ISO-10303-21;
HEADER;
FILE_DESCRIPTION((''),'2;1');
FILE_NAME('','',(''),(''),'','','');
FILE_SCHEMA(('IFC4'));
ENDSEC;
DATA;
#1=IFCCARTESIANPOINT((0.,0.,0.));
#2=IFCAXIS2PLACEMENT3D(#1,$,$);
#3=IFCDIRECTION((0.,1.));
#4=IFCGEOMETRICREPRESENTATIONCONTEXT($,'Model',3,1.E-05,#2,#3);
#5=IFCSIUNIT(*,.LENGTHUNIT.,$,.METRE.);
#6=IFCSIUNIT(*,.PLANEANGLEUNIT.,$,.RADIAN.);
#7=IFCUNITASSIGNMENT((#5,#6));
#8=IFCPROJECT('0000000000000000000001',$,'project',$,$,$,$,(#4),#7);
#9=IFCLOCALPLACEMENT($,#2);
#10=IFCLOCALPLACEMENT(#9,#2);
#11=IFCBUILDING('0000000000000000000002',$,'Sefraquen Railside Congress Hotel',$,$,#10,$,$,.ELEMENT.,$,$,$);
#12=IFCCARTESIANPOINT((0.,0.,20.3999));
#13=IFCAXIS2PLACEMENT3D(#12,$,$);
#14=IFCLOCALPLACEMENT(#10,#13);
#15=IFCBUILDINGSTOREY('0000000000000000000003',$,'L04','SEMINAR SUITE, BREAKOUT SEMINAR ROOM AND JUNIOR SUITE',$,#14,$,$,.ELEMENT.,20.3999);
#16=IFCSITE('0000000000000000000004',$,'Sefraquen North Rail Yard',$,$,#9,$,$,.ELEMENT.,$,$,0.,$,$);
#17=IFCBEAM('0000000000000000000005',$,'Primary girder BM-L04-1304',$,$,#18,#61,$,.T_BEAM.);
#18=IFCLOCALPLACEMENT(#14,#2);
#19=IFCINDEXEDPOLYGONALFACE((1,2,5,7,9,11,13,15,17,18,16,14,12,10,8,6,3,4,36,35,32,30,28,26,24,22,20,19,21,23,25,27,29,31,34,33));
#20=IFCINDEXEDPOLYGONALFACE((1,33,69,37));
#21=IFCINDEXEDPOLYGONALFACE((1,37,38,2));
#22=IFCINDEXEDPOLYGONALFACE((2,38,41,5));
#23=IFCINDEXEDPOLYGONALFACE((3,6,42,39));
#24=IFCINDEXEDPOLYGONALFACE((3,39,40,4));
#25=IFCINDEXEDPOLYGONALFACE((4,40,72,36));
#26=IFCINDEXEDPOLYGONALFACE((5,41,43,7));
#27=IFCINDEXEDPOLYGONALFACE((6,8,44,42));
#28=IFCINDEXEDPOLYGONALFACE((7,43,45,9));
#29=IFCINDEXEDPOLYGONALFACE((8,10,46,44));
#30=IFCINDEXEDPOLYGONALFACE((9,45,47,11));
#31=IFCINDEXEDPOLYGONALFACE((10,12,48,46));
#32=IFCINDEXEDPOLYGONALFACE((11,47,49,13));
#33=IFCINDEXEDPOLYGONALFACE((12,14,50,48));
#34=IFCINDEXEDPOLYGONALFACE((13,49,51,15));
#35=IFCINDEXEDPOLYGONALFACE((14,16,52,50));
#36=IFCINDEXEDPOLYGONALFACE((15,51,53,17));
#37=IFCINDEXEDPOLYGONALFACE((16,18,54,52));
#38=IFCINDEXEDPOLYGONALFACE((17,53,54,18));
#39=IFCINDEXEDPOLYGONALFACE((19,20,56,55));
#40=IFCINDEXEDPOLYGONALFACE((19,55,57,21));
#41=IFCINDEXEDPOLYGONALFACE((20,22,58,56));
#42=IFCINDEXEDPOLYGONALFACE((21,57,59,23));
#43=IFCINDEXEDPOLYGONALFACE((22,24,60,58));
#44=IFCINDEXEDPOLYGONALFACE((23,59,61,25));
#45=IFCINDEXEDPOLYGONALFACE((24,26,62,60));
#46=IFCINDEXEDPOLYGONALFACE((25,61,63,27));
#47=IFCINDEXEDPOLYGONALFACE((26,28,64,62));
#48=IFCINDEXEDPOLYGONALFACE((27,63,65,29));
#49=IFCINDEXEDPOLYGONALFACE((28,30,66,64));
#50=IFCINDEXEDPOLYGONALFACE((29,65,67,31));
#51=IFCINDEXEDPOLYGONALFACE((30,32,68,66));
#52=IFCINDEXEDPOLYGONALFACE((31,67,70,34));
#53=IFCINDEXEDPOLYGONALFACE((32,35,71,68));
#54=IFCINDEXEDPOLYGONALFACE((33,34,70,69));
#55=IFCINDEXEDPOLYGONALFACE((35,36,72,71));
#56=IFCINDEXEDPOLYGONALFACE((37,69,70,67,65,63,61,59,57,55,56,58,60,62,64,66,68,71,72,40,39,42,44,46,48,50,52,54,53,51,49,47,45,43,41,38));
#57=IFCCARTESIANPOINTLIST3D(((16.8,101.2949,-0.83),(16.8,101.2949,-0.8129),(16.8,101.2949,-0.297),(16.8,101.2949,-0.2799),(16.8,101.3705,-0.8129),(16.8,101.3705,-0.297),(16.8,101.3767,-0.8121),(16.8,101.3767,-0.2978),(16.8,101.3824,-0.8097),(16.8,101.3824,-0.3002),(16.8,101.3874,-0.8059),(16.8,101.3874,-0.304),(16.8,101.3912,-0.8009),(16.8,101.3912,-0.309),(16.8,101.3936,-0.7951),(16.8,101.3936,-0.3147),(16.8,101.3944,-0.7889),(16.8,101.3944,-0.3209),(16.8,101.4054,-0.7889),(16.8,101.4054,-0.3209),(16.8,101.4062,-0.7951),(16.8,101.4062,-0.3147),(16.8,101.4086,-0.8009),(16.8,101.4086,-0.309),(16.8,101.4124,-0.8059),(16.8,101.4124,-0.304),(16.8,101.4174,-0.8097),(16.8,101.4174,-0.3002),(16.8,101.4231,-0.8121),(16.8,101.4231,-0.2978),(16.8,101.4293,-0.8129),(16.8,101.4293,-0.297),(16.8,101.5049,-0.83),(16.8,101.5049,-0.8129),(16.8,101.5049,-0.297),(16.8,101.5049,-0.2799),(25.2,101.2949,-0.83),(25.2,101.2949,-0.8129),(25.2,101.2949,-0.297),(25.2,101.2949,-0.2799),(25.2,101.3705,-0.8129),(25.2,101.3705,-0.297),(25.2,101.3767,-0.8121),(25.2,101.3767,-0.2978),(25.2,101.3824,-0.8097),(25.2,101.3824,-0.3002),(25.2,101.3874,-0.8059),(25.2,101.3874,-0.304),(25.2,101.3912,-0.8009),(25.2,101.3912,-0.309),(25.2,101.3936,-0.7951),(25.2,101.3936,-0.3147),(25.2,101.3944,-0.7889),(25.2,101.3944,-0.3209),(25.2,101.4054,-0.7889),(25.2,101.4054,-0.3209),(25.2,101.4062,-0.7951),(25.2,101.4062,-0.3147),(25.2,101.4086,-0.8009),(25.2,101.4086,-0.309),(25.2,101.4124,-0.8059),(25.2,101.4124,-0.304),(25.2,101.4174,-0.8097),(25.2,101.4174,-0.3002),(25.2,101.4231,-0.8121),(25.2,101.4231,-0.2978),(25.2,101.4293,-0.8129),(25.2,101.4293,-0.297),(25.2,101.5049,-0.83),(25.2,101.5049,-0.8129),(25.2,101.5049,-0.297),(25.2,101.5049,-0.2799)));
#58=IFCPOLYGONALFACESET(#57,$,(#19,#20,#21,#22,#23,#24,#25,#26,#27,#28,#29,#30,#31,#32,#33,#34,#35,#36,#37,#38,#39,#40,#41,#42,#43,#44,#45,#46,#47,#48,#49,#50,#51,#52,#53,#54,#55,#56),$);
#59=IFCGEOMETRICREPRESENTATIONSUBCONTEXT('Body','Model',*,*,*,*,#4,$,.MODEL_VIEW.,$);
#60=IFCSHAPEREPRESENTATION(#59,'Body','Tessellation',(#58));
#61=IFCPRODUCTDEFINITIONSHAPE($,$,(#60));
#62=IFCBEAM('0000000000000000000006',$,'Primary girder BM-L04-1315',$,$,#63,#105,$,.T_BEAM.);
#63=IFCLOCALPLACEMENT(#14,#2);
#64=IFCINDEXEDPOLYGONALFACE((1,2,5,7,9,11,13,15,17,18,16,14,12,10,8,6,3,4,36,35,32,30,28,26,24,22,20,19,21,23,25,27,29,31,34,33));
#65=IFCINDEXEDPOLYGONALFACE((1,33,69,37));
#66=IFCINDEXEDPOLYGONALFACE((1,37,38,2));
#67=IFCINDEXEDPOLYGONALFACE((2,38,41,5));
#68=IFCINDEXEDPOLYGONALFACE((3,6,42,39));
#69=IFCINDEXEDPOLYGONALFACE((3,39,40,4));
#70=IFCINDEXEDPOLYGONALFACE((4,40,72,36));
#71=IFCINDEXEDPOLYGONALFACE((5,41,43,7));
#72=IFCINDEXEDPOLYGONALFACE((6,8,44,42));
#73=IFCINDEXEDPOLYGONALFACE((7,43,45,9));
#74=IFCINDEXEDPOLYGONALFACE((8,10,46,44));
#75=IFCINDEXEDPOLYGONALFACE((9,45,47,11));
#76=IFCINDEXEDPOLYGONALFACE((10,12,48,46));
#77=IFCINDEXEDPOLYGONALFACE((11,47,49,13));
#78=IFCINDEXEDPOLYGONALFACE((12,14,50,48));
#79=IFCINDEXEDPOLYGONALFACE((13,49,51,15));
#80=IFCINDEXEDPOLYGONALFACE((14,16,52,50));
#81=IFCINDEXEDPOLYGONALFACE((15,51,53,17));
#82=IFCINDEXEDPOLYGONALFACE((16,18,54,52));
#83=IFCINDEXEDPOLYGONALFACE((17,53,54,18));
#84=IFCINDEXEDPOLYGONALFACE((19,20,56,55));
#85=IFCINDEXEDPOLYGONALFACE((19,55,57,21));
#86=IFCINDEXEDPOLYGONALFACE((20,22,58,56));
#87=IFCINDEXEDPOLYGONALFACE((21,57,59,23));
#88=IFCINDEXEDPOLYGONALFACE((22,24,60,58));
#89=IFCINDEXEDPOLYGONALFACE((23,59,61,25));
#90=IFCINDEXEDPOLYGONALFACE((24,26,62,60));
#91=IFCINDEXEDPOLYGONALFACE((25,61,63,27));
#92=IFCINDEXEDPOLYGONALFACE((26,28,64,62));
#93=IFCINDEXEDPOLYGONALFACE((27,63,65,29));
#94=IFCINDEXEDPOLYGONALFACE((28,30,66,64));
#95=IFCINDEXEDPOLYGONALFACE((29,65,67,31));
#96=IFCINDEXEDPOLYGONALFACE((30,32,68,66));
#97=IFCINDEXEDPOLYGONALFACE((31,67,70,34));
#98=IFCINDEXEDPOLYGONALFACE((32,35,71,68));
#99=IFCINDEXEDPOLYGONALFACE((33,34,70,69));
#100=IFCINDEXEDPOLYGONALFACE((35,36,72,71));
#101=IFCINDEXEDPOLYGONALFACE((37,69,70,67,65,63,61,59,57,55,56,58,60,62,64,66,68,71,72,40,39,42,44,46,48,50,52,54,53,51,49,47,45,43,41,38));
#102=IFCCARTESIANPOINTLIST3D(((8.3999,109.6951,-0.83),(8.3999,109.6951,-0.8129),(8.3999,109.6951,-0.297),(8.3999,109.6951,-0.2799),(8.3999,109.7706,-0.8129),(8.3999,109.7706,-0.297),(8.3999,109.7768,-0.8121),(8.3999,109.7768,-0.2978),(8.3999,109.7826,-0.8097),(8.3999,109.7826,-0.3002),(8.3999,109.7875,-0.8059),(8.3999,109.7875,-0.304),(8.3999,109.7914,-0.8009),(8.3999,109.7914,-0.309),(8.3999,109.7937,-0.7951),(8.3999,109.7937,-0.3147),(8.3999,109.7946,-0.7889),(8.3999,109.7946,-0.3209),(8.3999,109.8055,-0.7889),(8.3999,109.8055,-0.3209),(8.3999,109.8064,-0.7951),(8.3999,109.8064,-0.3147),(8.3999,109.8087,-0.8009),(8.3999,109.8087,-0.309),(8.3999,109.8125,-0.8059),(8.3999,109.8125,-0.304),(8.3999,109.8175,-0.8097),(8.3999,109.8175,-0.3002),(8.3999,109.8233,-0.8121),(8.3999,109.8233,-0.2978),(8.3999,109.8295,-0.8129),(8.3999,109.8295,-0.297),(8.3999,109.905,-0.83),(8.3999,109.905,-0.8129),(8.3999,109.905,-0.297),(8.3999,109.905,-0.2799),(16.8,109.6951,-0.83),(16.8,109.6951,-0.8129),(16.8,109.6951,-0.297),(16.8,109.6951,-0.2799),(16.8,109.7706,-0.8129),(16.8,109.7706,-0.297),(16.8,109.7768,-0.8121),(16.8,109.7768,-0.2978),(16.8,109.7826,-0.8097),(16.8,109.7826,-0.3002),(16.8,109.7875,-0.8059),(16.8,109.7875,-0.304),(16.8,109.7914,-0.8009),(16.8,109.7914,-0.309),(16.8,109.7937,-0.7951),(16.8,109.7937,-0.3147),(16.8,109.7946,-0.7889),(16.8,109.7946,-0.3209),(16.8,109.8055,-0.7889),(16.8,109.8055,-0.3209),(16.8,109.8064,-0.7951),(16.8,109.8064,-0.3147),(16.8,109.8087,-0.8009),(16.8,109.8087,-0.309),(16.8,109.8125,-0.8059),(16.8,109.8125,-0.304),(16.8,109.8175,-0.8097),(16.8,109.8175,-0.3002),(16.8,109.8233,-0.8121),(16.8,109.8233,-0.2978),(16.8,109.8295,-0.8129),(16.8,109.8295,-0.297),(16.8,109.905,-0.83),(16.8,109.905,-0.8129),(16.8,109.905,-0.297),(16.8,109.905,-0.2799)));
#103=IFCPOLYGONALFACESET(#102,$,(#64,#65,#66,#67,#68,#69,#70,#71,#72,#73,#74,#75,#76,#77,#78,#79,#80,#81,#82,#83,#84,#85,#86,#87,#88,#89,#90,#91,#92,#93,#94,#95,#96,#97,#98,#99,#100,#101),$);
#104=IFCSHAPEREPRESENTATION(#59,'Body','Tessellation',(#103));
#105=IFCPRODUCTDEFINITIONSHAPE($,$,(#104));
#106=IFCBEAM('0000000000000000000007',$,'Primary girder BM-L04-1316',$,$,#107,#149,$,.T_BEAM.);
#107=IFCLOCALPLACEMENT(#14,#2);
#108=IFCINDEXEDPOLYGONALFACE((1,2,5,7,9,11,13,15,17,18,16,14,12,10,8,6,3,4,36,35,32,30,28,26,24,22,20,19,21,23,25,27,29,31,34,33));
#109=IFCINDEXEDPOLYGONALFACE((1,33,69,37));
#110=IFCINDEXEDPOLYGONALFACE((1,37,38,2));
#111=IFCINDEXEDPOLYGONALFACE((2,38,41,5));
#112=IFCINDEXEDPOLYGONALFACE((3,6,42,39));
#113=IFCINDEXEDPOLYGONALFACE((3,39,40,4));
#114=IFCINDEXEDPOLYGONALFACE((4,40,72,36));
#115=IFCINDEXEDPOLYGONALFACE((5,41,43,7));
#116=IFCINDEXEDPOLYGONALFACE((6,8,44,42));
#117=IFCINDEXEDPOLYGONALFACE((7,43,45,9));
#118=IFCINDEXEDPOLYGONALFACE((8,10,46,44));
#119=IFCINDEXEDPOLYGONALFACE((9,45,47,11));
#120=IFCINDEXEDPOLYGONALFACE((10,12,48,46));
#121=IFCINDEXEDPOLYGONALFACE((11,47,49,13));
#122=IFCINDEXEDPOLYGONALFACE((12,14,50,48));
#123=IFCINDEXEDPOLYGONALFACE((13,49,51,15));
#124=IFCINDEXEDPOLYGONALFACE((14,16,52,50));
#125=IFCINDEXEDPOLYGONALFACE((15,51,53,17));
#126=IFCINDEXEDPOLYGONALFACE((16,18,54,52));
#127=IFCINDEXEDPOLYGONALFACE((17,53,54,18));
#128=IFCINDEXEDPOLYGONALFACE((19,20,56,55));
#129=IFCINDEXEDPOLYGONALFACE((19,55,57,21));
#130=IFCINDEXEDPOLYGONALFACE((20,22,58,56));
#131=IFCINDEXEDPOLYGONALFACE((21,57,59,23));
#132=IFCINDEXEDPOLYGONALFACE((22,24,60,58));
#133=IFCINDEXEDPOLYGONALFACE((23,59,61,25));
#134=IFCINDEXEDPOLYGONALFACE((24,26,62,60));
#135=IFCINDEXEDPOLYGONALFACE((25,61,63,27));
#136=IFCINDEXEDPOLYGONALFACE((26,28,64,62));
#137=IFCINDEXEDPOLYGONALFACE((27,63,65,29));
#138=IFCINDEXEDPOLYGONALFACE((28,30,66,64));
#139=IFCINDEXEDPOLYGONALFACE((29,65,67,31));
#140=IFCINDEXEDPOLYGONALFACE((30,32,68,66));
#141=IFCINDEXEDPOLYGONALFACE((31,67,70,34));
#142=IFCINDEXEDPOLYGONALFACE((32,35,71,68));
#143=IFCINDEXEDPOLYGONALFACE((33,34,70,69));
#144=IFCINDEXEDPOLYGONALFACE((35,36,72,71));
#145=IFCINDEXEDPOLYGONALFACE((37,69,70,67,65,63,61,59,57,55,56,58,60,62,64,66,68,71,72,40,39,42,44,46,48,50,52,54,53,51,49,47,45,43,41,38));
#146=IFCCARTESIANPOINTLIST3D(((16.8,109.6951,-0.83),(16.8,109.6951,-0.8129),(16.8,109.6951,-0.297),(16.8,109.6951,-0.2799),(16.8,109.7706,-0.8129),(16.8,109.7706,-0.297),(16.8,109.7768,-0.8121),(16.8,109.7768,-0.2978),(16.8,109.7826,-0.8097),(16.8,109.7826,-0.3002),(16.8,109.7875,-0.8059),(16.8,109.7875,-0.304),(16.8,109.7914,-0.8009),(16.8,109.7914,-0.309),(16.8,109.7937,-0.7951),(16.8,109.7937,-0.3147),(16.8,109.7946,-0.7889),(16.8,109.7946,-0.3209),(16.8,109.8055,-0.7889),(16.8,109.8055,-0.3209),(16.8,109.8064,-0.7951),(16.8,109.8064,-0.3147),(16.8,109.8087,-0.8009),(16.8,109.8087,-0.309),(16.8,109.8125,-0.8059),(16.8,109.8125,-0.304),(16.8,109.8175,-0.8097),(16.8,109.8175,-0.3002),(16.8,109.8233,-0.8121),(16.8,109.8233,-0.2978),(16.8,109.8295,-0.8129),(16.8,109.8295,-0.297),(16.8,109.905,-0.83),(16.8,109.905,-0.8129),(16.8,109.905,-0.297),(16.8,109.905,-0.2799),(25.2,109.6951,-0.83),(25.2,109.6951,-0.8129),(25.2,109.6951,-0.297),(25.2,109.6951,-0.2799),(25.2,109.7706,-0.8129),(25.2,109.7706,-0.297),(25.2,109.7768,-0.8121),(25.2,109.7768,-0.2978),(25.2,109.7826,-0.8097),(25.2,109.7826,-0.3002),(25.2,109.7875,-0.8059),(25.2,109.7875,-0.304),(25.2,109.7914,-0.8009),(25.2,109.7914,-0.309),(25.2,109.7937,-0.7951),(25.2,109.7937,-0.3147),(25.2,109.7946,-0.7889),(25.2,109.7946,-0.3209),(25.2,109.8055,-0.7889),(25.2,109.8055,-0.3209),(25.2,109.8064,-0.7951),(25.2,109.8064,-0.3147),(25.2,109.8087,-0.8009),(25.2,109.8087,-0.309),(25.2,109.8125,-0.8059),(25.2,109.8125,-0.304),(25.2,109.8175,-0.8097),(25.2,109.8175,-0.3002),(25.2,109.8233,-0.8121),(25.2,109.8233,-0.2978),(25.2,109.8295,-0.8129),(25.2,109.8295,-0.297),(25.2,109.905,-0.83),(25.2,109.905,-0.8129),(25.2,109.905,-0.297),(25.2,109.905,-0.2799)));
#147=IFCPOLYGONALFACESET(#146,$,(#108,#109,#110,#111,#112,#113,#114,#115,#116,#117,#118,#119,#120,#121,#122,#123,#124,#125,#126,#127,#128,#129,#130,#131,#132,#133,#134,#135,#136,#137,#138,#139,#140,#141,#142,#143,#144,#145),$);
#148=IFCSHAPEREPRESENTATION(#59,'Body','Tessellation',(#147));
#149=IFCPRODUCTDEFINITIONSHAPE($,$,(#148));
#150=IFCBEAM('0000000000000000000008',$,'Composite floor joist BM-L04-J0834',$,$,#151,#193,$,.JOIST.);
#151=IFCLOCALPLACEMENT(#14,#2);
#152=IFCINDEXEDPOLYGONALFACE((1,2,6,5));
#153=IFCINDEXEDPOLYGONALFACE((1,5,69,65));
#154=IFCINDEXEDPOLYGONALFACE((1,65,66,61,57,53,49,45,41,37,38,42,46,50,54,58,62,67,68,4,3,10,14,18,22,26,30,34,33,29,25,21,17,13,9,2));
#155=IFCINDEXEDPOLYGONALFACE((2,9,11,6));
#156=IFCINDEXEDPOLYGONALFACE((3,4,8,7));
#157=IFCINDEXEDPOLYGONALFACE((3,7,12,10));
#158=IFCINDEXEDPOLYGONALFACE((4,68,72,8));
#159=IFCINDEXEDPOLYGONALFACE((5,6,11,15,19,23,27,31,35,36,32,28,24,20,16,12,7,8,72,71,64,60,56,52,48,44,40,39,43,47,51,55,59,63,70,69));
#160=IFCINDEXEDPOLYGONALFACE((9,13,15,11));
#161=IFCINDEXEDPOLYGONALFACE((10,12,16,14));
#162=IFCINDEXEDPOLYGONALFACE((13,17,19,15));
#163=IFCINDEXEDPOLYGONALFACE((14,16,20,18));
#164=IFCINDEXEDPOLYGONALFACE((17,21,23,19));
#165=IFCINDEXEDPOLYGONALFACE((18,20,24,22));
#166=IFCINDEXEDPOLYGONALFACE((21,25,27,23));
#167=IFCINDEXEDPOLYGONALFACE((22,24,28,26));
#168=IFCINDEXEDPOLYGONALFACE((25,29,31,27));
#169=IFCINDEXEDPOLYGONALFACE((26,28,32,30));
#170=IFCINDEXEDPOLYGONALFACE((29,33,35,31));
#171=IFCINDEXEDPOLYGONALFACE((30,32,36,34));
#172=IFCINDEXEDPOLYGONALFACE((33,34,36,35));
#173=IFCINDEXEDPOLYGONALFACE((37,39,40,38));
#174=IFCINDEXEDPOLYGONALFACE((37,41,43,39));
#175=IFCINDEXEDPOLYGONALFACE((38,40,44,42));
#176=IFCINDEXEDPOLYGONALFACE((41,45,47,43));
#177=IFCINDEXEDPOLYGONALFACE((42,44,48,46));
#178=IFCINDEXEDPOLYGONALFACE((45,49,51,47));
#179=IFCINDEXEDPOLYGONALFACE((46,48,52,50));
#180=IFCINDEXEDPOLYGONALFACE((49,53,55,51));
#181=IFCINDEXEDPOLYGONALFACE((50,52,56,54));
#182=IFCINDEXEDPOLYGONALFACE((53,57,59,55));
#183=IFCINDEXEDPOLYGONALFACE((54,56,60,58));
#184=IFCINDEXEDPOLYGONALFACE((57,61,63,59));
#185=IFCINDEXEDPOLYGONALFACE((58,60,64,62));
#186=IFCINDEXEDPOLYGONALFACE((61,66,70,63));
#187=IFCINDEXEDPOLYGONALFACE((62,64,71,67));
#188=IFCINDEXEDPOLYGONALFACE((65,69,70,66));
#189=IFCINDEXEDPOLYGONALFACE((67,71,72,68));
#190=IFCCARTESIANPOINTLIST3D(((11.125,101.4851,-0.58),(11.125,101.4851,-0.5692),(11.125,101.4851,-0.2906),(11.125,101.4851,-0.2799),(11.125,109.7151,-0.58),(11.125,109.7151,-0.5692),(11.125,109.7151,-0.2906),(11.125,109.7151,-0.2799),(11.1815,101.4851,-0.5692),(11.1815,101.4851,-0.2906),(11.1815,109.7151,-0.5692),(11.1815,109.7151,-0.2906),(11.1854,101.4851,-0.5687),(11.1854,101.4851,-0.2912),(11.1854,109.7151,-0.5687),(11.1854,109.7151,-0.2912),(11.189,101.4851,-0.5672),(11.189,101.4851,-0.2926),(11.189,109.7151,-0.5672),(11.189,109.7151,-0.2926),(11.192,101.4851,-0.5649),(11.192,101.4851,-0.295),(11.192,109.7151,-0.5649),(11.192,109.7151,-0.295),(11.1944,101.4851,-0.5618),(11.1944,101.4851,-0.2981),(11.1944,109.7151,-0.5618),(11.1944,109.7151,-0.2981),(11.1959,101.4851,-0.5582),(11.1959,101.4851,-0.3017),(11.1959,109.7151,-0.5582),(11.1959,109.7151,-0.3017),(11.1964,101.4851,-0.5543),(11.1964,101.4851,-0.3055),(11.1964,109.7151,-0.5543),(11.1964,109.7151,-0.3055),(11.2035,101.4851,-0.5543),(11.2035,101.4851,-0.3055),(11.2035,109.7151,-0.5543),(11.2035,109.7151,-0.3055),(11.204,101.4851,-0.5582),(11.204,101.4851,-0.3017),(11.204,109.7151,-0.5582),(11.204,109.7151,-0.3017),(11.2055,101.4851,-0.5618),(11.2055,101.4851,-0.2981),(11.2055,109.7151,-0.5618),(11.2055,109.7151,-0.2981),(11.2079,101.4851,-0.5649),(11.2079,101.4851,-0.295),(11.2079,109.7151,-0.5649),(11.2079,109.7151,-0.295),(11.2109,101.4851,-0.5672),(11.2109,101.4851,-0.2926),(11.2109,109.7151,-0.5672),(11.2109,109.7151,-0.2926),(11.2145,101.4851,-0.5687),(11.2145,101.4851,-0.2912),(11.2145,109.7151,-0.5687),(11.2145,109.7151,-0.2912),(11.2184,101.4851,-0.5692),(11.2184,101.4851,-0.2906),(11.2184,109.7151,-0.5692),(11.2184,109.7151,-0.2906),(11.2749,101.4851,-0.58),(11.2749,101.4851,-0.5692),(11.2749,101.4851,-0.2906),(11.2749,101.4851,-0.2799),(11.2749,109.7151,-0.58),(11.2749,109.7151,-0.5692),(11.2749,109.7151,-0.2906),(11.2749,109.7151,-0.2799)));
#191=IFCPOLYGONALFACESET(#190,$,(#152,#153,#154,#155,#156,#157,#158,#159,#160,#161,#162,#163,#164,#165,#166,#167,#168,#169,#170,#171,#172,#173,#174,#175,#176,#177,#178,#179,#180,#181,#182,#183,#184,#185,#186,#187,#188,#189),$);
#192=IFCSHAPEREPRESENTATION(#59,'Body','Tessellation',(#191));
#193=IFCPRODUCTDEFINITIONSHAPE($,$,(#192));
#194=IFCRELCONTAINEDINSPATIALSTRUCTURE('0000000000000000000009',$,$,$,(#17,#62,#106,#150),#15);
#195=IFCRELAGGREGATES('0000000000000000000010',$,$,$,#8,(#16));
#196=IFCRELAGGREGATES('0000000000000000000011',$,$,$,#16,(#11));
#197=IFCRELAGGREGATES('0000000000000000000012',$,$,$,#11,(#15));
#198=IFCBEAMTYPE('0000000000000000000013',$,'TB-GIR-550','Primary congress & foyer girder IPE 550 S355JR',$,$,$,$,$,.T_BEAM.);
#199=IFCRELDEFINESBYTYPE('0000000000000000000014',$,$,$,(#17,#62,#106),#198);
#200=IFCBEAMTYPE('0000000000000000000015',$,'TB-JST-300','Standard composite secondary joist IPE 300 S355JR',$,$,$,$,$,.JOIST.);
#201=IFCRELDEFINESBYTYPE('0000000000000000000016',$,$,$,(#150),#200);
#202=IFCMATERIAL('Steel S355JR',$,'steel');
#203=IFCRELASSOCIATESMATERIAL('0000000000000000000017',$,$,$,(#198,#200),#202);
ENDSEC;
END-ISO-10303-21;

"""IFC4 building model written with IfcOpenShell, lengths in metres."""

from ifc_helpers import new_model, si_unit, direction, frame, origin, origin_2d, place, context, subcontext, project, spatial, i_section, extrude, material, material_profile, profile_set, type_object, element, save


model = new_model("IFC4")

# Units and contexts
model_context = context("Model", 3, precision=1e-05, world=origin(), true_north=direction((0.0, 1.0)))
body_context = subcontext(model_context, "Body", "Model", "MODEL_VIEW")
ifc_project = project(units=[si_unit("LENGTHUNIT", "METRE"), si_unit("PLANEANGLEUNIT", "RADIAN")], contexts=[model_context])

# Site, building, storey
site_placement = place(None, origin())
site = spatial("IfcSite", under=ifc_project, at=site_placement, Name="Sefraquen North Rail Yard", CompositionType="ELEMENT", RefElevation=0.0)
building_placement = place(site_placement, origin())
building = spatial("IfcBuilding", under=site, at=building_placement, Name="Sefraquen Railside Congress Hotel", CompositionType="ELEMENT")
storey_placement = place(building_placement, frame((0.0, 0.0, 20.3999)))
storey = spatial("IfcBuildingStorey", under=building, at=storey_placement, Name="L04", Description="SEMINAR SUITE, BREAKOUT SEMINAR ROOM AND JUNIOR SUITE", CompositionType="ELEMENT", Elevation=20.3999)

# Shared definitions
ifc_material_1 = material(Name="Steel S355JR", Category="steel")

# Beams
ifc_material_profile_1 = material_profile(ifc_material_1, i_section(OverallWidth=0.21, OverallDepth=0.55, WebThickness=0.011, FlangeThickness=0.0171, FilletRadius=0.0239, at=origin_2d()), Name="IPE 550")
ifc_profile_set_1 = profile_set([ifc_material_profile_1], Name="Steel S355JR")
beam_type_1 = type_object("IfcBeamType", Name="TB-GIR-550", Description="Primary congress & foyer girder IPE 550 S355JR", PredefinedType="T_BEAM", material=ifc_profile_set_1)
beam_1_placement = place(storey_placement, frame((16.8, 101.3999, -0.5549), z_axis=(1.0, 0.0, 0.0), x_axis=(0.0, 1.0, 0.0)))
element("IfcBeam", 1, at=beam_1_placement, inside=storey, type_object=beam_type_1, Name="Primary girder BM-L04-1304", PredefinedType="T_BEAM", context=body_context, shape_type="SweptSolid", body=[
    extrude(i_section(OverallWidth=0.21, OverallDepth=0.55, WebThickness=0.011, FlangeThickness=0.0171, FilletRadius=0.0239, at=origin_2d()), origin(), (0.0, 0.0, 1.0), 8.3999),
])
beam_2_placement = place(storey_placement, frame((8.3999, 109.8, -0.5549), z_axis=(1.0, 0.0, 0.0), x_axis=(0.0, 1.0, 0.0)))
element("IfcBeam", 2, at=beam_2_placement, inside=storey, type_object=beam_type_1, Name="Primary girder BM-L04-1315", PredefinedType="T_BEAM", context=body_context, shape_type="SweptSolid", body=[
    extrude(i_section(OverallWidth=0.21, OverallDepth=0.55, WebThickness=0.011, FlangeThickness=0.0171, FilletRadius=0.0239, at=origin_2d()), origin(), (0.0, 0.0, 1.0), 8.4001),
])
beam_3_placement = place(storey_placement, frame((16.8, 109.8, -0.5549), z_axis=(1.0, 0.0, 0.0), x_axis=(0.0, 1.0, 0.0)))
element("IfcBeam", 3, at=beam_3_placement, inside=storey, type_object=beam_type_1, Name="Primary girder BM-L04-1316", PredefinedType="T_BEAM", context=body_context, shape_type="SweptSolid", body=[
    extrude(i_section(OverallWidth=0.21, OverallDepth=0.55, WebThickness=0.011, FlangeThickness=0.0171, FilletRadius=0.0239, at=origin_2d()), origin(), (0.0, 0.0, 1.0), 8.3999),
])
ifc_material_profile_2 = material_profile(ifc_material_1, i_section(OverallWidth=0.1499, OverallDepth=0.3, WebThickness=0.0071, FlangeThickness=0.0107, FilletRadius=0.0149, at=origin_2d()), Name="IPE 300")
ifc_profile_set_2 = profile_set([ifc_material_profile_2], Name="Steel S355JR")
beam_type_2 = type_object("IfcBeamType", Name="TB-JST-300", Description="Standard composite secondary joist IPE 300 S355JR", PredefinedType="JOIST", material=ifc_profile_set_2)
for number, where, z_axis, x_axis, name in (
    (4, (11.2, 101.4851, -0.4299), (0.0, 1.0, 0.0), (-1.0, 0.0, 0.0), "Composite floor joist BM-L04-J0834"),
):
    element("IfcBeam", number, at=place(storey_placement, frame(where, z_axis=z_axis, x_axis=x_axis)), inside=storey, type_object=beam_type_2, Name=name, PredefinedType="JOIST", context=body_context, shape_type="SweptSolid", body=[
        extrude(i_section(OverallWidth=0.1499, OverallDepth=0.3, WebThickness=0.0071, FlangeThickness=0.0107, FilletRadius=0.0149, at=origin_2d()), origin(), (0.0, 0.0, 1.0), 8.23),
    ])

save(model, "model.ifc")
